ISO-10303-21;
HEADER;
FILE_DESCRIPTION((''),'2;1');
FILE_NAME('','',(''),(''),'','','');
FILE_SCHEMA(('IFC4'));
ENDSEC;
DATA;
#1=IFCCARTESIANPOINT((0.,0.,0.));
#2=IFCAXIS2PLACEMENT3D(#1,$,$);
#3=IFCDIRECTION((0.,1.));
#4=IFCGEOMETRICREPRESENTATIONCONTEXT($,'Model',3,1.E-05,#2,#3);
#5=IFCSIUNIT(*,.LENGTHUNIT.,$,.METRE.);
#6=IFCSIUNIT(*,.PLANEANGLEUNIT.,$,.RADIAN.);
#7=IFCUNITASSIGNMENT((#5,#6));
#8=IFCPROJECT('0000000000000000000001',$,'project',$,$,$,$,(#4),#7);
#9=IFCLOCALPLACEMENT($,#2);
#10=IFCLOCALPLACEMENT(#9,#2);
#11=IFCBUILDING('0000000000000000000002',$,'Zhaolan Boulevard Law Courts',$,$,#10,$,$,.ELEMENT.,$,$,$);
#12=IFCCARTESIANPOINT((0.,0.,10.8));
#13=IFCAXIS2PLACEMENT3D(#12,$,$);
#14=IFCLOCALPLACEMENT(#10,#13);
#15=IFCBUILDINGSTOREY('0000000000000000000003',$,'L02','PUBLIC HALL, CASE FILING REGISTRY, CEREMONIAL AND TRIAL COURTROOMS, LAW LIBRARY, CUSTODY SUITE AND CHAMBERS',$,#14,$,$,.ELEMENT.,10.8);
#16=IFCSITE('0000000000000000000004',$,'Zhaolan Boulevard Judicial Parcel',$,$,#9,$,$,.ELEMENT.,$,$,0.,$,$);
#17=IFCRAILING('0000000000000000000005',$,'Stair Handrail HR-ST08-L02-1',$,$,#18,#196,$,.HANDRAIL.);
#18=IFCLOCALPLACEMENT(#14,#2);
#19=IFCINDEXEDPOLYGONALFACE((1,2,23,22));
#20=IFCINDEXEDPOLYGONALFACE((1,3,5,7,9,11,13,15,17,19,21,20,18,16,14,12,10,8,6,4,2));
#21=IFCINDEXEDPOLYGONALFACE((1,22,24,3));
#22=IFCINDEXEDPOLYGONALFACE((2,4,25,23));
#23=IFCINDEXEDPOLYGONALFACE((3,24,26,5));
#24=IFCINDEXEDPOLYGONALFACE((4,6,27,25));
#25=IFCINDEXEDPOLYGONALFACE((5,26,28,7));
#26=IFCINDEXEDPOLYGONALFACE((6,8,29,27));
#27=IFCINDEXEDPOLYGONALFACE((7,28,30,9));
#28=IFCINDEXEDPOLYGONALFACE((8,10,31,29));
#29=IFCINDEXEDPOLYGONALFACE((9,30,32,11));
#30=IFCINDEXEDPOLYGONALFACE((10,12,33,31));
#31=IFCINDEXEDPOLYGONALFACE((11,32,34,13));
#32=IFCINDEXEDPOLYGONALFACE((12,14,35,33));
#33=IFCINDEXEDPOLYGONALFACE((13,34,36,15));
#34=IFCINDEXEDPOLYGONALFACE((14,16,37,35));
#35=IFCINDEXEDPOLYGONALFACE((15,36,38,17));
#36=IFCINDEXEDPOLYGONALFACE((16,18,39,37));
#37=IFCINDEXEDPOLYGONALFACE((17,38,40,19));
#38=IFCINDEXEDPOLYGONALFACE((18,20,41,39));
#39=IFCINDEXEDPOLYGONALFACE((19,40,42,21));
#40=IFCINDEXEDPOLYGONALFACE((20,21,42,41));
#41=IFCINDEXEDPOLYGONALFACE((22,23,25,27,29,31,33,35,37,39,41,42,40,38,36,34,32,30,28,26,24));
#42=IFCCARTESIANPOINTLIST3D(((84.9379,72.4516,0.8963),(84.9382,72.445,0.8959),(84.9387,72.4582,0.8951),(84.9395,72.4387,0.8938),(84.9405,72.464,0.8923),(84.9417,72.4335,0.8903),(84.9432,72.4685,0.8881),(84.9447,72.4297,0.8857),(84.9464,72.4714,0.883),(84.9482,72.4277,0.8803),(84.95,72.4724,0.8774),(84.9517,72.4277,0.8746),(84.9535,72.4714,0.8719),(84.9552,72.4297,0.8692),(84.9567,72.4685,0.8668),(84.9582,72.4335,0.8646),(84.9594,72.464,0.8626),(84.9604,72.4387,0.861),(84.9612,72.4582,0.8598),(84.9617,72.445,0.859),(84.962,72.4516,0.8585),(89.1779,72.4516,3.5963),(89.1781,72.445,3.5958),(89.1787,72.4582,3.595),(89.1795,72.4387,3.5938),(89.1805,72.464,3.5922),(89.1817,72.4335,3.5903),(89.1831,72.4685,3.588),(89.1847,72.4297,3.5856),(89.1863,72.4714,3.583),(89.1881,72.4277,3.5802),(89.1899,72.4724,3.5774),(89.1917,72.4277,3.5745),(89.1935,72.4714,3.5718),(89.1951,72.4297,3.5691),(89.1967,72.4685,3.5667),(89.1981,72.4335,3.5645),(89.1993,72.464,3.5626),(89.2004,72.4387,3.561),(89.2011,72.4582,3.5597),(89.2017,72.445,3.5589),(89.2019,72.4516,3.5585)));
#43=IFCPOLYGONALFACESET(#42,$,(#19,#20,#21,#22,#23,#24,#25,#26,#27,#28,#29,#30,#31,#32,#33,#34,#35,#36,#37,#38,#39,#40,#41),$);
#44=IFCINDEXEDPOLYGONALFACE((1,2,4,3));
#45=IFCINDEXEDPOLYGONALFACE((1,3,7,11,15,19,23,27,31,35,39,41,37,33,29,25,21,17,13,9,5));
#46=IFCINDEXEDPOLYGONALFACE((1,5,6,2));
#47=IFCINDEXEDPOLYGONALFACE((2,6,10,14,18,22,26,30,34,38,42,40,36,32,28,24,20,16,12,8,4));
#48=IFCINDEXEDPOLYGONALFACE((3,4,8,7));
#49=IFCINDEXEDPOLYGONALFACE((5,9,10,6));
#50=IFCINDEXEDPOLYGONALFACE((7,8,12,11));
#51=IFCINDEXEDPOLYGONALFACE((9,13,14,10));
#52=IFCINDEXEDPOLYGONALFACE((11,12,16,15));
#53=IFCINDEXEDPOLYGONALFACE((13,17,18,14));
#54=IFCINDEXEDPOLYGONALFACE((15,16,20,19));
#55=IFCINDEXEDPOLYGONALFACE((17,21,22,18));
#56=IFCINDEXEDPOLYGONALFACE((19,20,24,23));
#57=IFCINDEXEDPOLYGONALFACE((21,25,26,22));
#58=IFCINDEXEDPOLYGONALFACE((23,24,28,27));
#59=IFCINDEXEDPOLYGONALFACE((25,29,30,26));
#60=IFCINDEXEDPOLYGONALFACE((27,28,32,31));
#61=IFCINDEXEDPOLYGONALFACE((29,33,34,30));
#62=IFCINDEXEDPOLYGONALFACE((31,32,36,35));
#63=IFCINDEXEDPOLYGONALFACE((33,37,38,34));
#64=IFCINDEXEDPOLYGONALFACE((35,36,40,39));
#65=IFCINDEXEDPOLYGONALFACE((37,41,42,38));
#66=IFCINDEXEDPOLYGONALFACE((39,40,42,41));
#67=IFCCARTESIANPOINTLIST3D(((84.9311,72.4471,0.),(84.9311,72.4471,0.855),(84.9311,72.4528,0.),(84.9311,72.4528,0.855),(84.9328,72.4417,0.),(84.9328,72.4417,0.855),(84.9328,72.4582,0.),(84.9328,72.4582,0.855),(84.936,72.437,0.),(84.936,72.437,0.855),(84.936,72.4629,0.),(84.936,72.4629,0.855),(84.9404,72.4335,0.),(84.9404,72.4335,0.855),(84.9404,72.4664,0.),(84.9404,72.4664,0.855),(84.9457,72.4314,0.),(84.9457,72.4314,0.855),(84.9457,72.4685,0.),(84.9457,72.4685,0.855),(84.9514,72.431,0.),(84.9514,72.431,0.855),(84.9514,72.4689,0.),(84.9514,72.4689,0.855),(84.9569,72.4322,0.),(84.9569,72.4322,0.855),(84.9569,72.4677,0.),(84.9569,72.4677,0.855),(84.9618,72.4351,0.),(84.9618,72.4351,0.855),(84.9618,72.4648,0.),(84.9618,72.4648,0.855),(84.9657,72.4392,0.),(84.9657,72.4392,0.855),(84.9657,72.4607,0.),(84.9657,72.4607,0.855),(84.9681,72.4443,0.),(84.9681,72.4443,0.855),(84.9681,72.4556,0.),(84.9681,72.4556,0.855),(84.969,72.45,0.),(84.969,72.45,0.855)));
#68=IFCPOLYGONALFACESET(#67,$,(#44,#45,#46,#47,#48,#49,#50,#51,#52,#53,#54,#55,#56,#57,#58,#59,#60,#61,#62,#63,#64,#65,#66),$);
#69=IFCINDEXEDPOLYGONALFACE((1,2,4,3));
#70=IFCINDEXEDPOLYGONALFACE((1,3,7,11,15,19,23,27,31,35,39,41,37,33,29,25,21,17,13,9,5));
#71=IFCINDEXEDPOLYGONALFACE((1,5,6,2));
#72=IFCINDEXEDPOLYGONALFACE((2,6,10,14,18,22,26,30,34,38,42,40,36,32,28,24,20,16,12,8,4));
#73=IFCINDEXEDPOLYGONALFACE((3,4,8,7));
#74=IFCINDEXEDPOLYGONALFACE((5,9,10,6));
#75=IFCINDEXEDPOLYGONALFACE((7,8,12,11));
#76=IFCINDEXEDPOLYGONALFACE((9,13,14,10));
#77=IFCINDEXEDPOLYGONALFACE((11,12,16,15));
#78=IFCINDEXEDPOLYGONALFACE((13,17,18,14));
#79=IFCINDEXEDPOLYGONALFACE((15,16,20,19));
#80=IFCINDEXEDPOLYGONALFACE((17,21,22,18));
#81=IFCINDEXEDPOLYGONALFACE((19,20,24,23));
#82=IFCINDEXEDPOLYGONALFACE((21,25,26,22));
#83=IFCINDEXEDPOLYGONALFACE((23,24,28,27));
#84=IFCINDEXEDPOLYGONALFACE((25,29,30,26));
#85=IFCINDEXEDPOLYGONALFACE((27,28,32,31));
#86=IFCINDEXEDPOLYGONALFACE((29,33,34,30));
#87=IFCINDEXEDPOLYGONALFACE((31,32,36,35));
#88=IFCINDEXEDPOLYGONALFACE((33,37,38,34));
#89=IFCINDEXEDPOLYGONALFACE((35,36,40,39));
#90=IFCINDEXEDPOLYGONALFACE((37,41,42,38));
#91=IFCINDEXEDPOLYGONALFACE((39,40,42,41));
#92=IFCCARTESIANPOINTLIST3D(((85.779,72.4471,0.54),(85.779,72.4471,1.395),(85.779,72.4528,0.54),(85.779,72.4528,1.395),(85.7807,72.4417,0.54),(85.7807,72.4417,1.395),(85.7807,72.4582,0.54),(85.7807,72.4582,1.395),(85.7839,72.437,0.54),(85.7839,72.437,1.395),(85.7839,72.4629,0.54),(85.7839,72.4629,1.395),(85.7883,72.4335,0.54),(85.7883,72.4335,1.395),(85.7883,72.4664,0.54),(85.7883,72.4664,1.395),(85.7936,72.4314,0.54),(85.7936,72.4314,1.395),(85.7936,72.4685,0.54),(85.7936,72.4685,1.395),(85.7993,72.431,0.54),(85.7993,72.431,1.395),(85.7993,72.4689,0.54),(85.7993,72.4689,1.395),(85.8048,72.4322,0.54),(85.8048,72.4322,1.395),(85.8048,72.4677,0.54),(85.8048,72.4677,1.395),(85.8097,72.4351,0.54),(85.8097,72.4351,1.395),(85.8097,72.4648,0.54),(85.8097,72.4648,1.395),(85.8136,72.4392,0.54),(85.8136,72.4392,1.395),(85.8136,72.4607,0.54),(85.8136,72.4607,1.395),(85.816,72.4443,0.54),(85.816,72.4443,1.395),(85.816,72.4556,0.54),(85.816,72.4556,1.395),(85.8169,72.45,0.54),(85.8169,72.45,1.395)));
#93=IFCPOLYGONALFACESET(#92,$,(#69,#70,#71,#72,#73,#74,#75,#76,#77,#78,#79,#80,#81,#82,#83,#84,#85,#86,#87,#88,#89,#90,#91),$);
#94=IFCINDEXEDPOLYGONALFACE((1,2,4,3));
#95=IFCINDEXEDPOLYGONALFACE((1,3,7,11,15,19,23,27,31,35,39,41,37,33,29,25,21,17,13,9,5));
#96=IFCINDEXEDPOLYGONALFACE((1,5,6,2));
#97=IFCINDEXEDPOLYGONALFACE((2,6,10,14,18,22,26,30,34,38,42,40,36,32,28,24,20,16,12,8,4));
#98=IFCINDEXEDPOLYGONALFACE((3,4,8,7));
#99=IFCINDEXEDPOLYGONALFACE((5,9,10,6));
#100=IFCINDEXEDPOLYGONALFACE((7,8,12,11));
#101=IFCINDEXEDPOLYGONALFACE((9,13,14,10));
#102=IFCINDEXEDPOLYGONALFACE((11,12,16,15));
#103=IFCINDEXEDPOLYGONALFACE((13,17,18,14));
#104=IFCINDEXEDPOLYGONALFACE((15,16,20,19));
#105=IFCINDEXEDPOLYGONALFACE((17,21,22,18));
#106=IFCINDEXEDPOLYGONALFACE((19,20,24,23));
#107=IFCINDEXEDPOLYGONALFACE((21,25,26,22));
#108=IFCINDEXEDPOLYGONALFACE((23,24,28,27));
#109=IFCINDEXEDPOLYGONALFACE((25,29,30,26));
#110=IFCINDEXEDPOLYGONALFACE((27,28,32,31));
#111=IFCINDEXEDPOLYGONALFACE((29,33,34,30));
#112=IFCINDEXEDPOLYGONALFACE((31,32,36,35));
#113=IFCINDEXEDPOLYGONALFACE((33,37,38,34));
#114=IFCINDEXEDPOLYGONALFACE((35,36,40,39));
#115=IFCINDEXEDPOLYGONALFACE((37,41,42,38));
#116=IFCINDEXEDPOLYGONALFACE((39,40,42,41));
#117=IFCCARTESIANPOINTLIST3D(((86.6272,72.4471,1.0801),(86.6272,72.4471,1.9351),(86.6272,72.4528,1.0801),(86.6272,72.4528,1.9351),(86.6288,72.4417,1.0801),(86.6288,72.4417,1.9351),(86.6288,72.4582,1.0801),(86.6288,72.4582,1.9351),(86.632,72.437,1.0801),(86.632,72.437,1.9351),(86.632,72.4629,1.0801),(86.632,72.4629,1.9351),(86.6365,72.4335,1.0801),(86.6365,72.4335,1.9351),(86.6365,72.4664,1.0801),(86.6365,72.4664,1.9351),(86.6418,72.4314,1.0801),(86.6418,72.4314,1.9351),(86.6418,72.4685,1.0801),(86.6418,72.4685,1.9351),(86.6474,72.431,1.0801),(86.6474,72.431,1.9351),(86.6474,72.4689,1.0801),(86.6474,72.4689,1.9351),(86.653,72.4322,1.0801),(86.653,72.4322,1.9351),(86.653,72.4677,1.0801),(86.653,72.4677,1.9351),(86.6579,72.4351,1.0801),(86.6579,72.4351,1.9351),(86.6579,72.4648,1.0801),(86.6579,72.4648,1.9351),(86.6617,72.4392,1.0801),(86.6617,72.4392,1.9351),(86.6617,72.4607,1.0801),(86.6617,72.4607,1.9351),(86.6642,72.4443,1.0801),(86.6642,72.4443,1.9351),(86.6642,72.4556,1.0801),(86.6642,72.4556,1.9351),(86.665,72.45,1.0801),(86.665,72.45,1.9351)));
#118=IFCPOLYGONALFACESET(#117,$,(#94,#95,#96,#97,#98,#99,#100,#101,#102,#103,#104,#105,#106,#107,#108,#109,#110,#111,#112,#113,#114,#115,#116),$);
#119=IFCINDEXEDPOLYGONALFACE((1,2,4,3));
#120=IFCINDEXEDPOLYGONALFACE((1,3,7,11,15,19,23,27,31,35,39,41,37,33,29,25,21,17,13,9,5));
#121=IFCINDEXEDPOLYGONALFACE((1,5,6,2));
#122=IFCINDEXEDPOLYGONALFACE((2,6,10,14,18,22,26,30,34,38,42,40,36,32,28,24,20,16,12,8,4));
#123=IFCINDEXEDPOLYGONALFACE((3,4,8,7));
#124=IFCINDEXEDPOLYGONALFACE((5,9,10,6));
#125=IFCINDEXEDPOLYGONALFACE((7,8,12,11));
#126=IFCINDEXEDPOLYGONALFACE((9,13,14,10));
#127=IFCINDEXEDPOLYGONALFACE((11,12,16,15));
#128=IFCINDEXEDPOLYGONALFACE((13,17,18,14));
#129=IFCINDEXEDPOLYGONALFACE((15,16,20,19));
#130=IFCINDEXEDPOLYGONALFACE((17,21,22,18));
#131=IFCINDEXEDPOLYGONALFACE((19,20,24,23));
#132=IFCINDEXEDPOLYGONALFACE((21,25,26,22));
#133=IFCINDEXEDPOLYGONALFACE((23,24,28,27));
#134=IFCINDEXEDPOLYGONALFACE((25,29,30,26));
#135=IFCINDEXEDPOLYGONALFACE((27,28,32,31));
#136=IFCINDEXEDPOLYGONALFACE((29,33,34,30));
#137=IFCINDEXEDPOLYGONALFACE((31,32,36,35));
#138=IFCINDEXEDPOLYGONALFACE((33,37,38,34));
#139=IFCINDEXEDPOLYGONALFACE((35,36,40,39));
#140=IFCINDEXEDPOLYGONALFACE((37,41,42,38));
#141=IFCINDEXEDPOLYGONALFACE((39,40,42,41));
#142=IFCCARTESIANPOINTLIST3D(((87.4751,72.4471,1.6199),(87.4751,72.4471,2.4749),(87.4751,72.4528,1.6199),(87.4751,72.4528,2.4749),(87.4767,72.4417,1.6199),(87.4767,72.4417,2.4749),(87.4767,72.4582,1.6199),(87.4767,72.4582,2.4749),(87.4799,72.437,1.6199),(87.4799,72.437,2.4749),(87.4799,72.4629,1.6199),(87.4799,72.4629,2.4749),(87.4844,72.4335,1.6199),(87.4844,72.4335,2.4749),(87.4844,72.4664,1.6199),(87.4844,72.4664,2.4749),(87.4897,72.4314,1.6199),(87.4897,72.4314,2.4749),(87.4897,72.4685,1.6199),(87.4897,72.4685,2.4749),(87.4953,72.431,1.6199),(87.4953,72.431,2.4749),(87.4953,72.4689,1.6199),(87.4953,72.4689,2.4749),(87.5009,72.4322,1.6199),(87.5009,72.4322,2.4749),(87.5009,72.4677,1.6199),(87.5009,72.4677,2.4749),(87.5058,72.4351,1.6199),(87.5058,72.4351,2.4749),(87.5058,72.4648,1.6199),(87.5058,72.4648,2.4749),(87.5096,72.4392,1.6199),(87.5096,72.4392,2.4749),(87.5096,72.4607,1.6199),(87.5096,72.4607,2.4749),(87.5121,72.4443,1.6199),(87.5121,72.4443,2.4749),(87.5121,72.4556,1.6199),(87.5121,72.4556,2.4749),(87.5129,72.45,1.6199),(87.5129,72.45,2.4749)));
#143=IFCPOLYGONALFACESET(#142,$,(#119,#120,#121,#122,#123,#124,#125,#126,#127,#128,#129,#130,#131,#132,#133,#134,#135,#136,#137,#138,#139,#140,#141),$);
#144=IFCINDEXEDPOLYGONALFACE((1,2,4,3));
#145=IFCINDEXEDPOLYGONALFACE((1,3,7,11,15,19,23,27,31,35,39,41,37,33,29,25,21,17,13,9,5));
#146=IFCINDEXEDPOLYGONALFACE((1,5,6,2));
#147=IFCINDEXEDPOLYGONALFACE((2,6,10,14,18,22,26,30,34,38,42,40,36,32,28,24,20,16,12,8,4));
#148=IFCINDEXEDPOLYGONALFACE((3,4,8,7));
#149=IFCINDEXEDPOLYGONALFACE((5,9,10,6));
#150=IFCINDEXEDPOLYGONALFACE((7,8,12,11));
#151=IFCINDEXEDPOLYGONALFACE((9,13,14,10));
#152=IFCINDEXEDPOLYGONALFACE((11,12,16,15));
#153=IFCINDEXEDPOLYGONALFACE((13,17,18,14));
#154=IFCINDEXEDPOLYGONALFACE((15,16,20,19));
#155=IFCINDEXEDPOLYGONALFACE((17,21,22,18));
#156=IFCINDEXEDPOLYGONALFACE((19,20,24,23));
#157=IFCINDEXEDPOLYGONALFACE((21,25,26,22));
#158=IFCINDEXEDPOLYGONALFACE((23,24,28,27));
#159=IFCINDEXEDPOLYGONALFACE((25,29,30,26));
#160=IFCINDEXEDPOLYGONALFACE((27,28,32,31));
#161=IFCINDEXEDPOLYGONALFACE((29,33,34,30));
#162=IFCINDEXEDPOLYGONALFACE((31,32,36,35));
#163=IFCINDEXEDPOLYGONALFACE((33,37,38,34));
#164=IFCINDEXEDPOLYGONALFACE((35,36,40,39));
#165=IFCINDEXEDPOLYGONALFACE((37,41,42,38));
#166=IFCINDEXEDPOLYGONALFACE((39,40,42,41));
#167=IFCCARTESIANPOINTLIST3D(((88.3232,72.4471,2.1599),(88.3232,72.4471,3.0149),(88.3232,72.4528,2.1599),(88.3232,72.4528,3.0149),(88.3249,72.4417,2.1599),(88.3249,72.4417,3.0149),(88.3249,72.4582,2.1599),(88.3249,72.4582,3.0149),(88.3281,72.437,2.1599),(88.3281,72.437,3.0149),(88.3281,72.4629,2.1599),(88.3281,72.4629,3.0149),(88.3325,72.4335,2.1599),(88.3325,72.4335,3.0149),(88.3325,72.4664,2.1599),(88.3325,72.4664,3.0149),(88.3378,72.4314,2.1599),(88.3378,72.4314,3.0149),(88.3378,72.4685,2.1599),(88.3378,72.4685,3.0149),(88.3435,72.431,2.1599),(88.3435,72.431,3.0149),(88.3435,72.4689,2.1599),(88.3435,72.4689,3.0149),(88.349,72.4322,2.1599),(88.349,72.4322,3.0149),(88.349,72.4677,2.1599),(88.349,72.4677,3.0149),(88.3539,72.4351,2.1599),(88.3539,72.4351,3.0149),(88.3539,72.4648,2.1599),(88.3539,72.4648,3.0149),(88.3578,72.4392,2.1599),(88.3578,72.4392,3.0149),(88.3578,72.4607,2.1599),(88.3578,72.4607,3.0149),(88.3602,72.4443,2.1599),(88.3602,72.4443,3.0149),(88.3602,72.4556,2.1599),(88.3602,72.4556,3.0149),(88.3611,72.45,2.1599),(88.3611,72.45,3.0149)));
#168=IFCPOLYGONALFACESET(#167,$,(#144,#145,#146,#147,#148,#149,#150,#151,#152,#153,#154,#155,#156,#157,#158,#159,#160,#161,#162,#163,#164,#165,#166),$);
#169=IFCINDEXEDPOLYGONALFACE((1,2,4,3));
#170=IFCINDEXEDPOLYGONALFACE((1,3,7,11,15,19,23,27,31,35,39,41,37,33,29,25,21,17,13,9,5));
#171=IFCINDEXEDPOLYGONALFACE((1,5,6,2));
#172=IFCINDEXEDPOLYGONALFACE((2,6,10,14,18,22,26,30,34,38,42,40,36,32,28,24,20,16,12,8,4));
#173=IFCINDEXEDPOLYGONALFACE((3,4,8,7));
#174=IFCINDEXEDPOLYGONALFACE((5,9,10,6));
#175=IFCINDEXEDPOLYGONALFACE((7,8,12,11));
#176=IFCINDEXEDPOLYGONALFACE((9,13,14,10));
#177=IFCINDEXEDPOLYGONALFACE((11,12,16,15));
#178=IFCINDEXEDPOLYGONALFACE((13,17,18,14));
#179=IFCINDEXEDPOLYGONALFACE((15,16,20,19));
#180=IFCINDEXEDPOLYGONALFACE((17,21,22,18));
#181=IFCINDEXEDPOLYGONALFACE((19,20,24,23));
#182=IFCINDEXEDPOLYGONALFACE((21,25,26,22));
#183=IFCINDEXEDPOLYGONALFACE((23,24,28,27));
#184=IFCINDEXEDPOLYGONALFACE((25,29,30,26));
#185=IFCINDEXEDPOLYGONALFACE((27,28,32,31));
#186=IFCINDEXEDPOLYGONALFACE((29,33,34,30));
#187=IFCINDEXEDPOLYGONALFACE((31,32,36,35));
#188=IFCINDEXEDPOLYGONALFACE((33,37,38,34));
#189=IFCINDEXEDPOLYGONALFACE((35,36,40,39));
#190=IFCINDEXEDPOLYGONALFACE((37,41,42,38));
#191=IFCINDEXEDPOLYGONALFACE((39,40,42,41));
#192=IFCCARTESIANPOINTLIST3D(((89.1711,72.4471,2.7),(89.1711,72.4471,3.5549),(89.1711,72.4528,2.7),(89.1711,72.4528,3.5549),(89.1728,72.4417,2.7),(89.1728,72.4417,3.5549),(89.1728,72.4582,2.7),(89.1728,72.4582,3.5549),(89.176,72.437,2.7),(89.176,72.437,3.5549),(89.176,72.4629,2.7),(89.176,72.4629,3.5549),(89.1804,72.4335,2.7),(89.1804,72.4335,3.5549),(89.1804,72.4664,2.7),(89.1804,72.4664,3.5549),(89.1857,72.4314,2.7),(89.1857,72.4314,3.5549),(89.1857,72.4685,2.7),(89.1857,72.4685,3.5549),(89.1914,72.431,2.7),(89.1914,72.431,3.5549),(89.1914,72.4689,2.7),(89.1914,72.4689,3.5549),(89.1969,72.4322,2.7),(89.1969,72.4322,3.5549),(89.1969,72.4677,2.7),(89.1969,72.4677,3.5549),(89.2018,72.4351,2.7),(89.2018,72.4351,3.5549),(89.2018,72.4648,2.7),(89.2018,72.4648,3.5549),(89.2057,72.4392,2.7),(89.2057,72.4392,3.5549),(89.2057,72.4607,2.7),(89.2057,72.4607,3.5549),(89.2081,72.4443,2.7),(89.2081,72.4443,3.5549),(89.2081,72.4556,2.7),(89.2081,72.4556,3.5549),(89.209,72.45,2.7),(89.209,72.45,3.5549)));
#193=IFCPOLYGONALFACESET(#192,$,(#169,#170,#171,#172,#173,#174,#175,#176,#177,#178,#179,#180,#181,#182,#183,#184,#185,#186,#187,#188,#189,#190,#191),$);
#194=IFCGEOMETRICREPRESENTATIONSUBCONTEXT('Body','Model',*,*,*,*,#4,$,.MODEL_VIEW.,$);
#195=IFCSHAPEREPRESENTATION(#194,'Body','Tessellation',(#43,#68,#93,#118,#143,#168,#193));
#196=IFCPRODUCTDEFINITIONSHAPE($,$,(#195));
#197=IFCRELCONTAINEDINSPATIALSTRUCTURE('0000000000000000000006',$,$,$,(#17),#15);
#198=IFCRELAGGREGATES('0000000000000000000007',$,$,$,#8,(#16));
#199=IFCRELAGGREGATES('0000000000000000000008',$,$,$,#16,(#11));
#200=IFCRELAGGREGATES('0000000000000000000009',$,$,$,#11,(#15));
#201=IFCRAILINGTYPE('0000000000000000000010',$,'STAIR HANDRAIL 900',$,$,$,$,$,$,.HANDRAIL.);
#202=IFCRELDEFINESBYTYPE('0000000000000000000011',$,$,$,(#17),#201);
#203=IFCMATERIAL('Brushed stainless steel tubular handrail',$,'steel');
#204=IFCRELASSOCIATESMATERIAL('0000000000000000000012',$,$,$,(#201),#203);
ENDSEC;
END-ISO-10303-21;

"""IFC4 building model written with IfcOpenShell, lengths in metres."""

from ifc_helpers import new_model, si_unit, direction, frame, origin, origin_2d, place, context, subcontext, project, spatial, circle, extrude, material, type_object, element, save


model = new_model("IFC4")

# Units and contexts
model_context = context("Model", 3, precision=1e-05, world=origin(), true_north=direction((0.0, 1.0)))
body_context = subcontext(model_context, "Body", "Model", "MODEL_VIEW")
ifc_project = project(units=[si_unit("LENGTHUNIT", "METRE"), si_unit("PLANEANGLEUNIT", "RADIAN")], contexts=[model_context])

# Site, building, storey
site_placement = place(None, origin())
site = spatial("IfcSite", under=ifc_project, at=site_placement, Name="Zhaolan Boulevard Judicial Parcel", CompositionType="ELEMENT", RefElevation=0.0)
building_placement = place(site_placement, origin())
building = spatial("IfcBuilding", under=site, at=building_placement, Name="Zhaolan Boulevard Law Courts", CompositionType="ELEMENT")
storey_placement = place(building_placement, frame((0.0, 0.0, 10.8)))
storey = spatial("IfcBuildingStorey", under=building, at=storey_placement, Name="L02", Description="PUBLIC HALL, CASE FILING REGISTRY, CEREMONIAL AND TRIAL COURTROOMS, LAW LIBRARY, CUSTODY SUITE AND CHAMBERS", CompositionType="ELEMENT", Elevation=10.8)

# Railing
ifc_material_1 = material(Name="Brushed stainless steel tubular handrail", Category="steel")
railing_type_1 = type_object("IfcRailingType", Name="STAIR HANDRAIL 900", PredefinedType="HANDRAIL", material=ifc_material_1)
railing_1_placement = place(storey_placement, frame((84.95, 72.45, 0.0)))
element("IfcRailing", 1, at=railing_1_placement, inside=storey, type_object=railing_type_1, Name="Stair Handrail HR-ST08-L02-1", PredefinedType="HANDRAIL", context=body_context, shape_type="SweptSolid", body=[
    extrude(circle(Radius=0.0225, at=origin_2d()), frame((0.0, 0.0, 0.8774), z_axis=(0.843501, 0.0, 0.537127), x_axis=(0.0, 1.0, 0.0)), (0.0, 0.0, 1.0), 5.0266),
    extrude(circle(Radius=0.019, at=origin_2d()), origin(), (0.0, 0.0, 1.0), 0.855),
    extrude(circle(Radius=0.019, at=origin_2d()), frame((0.8479, 0.0, 0.54)), (0.0, 0.0, 1.0), 0.855),
    extrude(circle(Radius=0.019, at=origin_2d()), frame((1.696, 0.0, 1.0801)), (0.0, 0.0, 1.0), 0.855),
    extrude(circle(Radius=0.019, at=origin_2d()), frame((2.5439, 0.0, 1.6199)), (0.0, 0.0, 1.0), 0.855),
    extrude(circle(Radius=0.019, at=origin_2d()), frame((3.3921, 0.0, 2.1599)), (0.0, 0.0, 1.0), 0.855),
    extrude(circle(Radius=0.019, at=origin_2d()), frame((4.24, 0.0, 2.7)), (0.0, 0.0, 1.0), 0.855),
])

save(model, "model.ifc")
